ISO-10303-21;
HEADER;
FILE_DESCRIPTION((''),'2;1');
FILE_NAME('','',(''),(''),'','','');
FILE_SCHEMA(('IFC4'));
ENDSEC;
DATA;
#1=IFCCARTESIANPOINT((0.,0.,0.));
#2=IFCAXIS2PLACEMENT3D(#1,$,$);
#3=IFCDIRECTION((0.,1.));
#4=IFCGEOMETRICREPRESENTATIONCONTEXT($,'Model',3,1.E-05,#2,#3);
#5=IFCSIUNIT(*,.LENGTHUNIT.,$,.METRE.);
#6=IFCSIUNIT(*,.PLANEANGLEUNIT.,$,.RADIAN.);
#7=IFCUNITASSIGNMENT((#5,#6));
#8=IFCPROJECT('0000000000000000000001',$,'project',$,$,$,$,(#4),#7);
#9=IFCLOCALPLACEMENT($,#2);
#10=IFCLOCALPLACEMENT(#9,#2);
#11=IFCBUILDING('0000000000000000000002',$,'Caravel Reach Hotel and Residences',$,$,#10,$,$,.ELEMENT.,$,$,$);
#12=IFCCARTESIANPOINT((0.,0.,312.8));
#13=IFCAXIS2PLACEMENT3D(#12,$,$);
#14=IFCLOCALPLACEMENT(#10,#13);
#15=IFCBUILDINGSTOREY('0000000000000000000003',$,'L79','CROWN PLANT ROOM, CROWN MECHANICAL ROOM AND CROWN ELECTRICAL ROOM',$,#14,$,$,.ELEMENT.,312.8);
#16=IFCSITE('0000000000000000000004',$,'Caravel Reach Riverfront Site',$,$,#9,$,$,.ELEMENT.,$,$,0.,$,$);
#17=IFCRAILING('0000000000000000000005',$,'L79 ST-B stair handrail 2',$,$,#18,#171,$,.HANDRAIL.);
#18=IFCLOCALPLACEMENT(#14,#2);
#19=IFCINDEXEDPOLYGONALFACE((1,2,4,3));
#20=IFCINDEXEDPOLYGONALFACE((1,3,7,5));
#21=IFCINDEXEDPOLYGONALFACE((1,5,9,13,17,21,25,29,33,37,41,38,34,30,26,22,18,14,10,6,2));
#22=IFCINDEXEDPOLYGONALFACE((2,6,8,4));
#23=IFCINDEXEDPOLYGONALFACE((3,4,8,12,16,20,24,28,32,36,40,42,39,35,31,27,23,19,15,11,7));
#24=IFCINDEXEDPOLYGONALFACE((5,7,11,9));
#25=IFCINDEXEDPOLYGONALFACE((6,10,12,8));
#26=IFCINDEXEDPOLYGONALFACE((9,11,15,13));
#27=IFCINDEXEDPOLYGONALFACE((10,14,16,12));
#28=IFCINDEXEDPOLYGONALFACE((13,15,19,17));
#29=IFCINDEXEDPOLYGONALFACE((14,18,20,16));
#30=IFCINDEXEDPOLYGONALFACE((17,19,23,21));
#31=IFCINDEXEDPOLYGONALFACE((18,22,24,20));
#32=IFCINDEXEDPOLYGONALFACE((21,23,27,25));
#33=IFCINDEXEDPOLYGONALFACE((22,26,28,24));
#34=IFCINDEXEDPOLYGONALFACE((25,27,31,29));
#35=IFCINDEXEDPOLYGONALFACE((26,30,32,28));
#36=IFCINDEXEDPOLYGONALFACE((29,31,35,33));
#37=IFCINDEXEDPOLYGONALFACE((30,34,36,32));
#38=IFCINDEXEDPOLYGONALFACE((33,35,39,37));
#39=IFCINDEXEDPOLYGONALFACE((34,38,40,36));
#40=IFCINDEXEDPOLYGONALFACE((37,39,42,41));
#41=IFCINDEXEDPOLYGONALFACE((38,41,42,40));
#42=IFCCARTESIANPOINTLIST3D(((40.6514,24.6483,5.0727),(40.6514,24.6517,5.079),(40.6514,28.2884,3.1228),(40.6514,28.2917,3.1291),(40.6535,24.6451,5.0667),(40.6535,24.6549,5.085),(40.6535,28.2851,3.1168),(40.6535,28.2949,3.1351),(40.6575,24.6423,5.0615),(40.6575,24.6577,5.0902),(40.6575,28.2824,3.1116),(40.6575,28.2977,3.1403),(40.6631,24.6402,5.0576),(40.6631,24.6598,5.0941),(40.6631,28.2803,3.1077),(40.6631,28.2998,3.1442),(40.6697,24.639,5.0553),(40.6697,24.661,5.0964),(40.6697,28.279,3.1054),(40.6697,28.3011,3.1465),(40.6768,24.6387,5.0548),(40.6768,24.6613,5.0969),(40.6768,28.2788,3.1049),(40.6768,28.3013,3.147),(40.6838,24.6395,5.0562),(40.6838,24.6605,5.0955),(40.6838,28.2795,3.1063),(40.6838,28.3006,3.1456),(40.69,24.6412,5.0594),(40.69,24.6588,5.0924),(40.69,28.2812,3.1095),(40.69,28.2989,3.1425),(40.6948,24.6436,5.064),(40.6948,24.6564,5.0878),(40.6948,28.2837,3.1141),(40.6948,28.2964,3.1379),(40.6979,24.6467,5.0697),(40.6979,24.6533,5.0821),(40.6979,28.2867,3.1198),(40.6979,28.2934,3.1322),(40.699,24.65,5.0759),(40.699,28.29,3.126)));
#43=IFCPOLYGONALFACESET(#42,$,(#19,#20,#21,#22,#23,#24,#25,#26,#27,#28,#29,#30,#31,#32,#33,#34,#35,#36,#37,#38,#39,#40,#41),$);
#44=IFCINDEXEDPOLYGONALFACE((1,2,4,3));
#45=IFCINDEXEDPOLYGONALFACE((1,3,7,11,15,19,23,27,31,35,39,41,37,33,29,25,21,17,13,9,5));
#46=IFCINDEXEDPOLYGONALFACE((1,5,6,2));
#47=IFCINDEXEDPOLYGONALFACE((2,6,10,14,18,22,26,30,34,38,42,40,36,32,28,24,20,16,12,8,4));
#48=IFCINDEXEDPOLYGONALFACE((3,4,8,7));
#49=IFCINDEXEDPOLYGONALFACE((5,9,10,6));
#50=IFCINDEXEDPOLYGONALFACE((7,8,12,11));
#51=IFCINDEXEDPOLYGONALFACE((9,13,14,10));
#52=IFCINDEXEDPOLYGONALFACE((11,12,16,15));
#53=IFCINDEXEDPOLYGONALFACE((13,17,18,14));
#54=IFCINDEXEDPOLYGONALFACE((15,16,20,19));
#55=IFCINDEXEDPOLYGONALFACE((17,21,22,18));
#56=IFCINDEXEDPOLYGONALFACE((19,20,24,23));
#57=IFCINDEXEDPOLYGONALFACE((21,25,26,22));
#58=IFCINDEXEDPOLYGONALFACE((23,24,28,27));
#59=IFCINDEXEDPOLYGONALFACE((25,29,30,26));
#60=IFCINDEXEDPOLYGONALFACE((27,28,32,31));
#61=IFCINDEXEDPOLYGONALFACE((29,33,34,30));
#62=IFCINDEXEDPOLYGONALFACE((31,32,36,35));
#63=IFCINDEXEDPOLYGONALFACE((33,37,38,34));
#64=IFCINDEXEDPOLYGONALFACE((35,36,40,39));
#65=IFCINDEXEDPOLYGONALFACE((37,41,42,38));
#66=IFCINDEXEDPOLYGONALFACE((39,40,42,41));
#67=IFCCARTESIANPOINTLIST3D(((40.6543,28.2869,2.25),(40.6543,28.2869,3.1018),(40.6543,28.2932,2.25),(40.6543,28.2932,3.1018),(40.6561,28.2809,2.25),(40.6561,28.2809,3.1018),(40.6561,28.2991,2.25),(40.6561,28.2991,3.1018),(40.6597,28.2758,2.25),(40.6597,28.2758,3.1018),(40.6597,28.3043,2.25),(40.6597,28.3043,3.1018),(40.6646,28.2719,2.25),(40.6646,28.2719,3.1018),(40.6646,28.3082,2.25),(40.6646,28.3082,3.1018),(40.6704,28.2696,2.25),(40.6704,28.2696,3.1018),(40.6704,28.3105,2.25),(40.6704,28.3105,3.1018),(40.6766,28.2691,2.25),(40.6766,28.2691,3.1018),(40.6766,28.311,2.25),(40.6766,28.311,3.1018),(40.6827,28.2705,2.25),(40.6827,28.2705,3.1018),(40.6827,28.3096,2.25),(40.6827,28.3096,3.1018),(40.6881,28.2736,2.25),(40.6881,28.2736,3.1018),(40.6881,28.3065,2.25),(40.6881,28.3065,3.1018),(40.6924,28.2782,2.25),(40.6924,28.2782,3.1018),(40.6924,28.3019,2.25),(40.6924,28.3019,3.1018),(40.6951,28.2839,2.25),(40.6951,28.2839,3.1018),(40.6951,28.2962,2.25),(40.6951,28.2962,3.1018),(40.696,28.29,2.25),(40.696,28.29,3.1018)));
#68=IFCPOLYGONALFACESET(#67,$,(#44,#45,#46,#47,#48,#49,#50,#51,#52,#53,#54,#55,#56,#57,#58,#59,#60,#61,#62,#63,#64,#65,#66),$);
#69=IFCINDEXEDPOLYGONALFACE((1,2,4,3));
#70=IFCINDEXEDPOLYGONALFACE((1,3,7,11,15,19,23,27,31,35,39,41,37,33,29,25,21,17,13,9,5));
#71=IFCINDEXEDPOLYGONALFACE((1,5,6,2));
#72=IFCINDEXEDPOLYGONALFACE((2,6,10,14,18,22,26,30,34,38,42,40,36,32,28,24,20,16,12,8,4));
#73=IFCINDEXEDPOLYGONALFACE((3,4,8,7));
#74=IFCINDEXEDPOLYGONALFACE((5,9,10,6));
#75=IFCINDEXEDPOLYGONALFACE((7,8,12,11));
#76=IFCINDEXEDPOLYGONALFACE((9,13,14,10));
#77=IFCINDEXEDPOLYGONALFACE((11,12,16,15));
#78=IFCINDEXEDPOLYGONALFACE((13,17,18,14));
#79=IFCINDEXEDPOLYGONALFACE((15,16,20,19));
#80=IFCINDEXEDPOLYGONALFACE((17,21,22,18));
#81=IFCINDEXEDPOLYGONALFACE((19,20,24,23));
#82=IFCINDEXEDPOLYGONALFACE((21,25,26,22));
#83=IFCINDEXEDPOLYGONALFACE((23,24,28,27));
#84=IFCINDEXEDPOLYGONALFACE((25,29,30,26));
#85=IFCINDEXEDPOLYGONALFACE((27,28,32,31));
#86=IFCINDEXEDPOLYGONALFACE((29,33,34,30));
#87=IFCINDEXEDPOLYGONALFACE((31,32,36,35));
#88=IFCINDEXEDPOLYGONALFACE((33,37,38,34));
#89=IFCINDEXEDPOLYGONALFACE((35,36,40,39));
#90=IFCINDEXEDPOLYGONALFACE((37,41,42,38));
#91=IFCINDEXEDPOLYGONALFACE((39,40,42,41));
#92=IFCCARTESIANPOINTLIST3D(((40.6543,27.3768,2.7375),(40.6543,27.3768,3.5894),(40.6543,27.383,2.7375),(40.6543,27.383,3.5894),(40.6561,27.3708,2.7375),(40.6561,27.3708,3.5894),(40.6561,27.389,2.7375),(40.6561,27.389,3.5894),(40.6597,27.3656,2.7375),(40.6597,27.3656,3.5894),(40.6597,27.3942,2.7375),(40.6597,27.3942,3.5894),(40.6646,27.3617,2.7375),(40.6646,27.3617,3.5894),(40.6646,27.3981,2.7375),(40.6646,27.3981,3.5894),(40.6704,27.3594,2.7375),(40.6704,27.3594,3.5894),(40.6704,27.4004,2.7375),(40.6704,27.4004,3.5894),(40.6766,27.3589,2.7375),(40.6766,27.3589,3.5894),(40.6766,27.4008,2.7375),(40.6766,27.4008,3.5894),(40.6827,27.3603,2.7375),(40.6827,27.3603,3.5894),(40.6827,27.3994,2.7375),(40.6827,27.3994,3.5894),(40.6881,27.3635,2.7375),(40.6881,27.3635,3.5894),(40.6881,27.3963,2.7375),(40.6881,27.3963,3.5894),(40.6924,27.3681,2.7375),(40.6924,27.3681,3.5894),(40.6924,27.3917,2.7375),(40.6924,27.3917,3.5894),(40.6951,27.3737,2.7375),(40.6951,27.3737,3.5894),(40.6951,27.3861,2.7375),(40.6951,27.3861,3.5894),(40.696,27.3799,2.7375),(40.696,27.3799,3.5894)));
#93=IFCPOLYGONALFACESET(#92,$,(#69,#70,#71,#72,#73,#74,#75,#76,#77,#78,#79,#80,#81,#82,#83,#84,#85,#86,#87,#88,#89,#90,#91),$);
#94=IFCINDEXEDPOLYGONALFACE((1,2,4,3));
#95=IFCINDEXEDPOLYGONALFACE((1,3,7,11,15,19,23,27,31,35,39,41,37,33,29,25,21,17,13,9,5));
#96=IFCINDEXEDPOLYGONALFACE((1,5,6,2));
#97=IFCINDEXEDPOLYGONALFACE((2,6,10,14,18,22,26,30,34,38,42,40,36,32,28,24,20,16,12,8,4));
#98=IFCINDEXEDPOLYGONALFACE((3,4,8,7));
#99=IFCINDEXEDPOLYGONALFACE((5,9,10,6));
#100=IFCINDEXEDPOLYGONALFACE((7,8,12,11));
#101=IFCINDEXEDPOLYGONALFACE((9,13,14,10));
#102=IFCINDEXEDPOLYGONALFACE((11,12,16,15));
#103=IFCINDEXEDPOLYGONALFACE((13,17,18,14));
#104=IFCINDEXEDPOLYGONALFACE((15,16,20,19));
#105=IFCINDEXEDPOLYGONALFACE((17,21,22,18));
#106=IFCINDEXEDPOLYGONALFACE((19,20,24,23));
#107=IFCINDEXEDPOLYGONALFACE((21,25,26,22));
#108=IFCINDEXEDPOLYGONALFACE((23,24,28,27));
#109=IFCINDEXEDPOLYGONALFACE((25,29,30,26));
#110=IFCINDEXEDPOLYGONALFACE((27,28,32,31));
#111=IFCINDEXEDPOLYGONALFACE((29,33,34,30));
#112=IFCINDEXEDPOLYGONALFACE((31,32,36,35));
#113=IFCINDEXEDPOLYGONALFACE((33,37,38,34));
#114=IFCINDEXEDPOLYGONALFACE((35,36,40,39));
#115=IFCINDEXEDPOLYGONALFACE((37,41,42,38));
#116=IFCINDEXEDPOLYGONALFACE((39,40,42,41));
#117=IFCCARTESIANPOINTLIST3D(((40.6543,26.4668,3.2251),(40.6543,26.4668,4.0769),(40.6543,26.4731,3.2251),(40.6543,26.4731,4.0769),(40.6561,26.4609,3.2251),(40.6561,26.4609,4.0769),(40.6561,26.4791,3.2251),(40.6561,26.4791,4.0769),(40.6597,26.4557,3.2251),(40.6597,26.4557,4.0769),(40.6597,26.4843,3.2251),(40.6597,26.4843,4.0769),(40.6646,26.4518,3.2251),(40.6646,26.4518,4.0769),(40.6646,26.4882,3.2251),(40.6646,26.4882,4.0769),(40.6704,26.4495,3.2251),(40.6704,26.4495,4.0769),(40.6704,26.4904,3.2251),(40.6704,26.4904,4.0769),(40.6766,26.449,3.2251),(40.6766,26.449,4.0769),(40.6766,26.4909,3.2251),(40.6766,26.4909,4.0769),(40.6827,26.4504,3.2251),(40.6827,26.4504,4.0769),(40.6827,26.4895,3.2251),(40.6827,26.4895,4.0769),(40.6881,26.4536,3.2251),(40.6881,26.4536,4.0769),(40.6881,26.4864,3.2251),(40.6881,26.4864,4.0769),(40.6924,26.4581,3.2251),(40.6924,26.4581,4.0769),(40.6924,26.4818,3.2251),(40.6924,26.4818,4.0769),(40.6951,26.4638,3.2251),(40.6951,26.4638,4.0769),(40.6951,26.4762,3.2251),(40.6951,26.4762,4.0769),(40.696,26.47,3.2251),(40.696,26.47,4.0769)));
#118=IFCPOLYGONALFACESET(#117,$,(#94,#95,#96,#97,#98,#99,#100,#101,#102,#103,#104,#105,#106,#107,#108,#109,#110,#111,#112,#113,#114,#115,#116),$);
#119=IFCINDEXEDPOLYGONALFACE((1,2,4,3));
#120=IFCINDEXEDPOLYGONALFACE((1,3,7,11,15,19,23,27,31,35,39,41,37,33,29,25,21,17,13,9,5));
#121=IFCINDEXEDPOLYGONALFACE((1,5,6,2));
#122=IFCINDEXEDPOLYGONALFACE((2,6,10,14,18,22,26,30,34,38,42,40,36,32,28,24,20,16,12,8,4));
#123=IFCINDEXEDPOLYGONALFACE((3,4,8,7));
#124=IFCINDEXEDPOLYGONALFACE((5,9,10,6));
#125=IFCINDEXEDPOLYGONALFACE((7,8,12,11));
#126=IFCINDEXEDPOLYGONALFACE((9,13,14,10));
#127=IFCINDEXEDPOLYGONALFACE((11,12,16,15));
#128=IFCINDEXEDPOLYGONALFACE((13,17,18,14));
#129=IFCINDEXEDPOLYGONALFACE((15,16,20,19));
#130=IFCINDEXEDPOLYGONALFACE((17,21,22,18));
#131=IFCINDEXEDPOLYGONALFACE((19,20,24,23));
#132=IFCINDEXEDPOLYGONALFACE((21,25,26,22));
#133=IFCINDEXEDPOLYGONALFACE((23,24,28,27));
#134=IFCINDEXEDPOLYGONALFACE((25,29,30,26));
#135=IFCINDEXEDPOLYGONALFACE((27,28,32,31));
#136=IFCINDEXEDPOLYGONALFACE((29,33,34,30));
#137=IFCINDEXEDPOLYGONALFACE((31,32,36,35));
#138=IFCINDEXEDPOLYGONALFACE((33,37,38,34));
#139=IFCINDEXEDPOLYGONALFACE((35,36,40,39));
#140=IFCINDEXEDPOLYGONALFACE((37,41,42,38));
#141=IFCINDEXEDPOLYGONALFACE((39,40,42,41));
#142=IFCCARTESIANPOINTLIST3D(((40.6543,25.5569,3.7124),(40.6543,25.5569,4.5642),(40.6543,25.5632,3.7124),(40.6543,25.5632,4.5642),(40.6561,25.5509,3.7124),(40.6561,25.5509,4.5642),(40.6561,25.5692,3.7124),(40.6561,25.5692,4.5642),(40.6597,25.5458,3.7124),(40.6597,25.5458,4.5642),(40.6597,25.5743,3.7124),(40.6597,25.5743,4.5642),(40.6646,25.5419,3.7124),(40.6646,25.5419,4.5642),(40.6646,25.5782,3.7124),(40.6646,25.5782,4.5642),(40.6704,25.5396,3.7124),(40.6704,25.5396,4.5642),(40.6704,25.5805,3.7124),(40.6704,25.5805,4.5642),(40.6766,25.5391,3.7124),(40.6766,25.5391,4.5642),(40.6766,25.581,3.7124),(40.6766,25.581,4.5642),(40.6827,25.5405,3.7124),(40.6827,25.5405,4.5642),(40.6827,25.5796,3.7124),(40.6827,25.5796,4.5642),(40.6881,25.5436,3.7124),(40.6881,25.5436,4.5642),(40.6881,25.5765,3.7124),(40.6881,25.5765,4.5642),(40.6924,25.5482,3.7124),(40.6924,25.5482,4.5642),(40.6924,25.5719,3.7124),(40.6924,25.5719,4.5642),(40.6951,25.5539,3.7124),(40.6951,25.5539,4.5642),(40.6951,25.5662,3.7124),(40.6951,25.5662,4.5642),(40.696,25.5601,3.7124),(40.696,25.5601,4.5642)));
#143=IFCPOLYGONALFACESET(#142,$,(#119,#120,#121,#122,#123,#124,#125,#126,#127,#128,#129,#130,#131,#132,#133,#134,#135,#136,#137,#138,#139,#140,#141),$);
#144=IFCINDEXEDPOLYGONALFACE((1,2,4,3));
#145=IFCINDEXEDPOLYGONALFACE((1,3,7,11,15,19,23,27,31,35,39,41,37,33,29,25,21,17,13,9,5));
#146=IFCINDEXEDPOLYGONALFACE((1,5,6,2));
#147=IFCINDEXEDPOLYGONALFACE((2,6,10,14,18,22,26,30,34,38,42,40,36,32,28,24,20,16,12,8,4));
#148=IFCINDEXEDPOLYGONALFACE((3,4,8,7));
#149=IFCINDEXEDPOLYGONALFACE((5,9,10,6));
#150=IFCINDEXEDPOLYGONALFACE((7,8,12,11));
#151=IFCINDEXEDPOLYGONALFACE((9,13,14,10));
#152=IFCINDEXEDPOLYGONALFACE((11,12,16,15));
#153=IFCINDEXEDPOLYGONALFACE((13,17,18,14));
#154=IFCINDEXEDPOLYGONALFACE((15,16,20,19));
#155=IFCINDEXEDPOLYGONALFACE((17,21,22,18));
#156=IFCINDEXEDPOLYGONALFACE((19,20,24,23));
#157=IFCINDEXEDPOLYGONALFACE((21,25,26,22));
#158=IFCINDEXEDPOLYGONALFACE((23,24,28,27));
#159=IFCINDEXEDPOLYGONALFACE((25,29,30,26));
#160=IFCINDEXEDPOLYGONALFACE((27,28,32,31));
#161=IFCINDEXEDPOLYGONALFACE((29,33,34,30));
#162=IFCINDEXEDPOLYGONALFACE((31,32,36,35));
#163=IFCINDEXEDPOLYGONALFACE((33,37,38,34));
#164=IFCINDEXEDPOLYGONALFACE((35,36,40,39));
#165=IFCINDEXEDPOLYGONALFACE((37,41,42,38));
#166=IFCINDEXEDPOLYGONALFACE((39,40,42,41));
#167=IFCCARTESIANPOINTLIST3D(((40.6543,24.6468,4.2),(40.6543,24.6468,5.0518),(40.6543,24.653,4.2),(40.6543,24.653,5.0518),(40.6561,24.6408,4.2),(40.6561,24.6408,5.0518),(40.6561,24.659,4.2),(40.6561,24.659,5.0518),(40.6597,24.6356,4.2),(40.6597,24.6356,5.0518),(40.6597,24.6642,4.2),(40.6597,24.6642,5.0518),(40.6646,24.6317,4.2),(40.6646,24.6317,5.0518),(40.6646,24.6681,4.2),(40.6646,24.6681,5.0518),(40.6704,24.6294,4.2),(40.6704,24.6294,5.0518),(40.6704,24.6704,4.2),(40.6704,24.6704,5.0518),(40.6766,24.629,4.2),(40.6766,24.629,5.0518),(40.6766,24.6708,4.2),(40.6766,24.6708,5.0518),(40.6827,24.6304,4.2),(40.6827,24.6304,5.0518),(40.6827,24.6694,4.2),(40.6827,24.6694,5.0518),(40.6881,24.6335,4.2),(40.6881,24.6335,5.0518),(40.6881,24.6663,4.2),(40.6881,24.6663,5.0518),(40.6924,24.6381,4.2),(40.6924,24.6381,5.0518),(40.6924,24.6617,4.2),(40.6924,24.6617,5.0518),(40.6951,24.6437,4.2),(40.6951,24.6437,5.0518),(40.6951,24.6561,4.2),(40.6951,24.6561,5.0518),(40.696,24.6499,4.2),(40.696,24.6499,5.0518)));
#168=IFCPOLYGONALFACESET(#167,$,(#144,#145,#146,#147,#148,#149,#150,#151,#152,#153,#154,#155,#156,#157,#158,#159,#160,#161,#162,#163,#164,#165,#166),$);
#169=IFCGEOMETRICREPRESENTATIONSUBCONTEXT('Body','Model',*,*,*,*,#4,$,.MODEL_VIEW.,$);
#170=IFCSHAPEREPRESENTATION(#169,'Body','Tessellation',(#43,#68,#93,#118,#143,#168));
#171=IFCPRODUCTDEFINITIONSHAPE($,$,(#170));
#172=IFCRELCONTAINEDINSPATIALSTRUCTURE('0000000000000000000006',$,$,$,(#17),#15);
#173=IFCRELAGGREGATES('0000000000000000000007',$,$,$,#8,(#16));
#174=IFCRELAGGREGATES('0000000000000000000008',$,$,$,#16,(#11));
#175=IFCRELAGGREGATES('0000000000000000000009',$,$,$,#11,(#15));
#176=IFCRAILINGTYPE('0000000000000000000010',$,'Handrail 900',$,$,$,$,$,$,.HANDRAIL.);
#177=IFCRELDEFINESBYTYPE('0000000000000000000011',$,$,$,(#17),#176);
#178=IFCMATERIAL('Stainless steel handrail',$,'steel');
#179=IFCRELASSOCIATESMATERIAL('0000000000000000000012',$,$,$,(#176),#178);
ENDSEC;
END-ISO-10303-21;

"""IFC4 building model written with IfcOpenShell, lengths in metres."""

from ifc_helpers import new_model, si_unit, direction, frame, origin, origin_2d, place, context, subcontext, project, spatial, circle, extrude, material, type_object, element, save


model = new_model("IFC4")

# Units and contexts
model_context = context("Model", 3, precision=1e-05, world=origin(), true_north=direction((0.0, 1.0)))
body_context = subcontext(model_context, "Body", "Model", "MODEL_VIEW")
ifc_project = project(units=[si_unit("LENGTHUNIT", "METRE"), si_unit("PLANEANGLEUNIT", "RADIAN")], contexts=[model_context])

# Site, building, storey
site_placement = place(None, origin())
site = spatial("IfcSite", under=ifc_project, at=site_placement, Name="Caravel Reach Riverfront Site", CompositionType="ELEMENT", RefElevation=0.0)
building_placement = place(site_placement, origin())
building = spatial("IfcBuilding", under=site, at=building_placement, Name="Caravel Reach Hotel and Residences", CompositionType="ELEMENT")
storey_placement = place(building_placement, frame((0.0, 0.0, 312.8)))
storey = spatial("IfcBuildingStorey", under=building, at=storey_placement, Name="L79", Description="CROWN PLANT ROOM, CROWN MECHANICAL ROOM AND CROWN ELECTRICAL ROOM", CompositionType="ELEMENT", Elevation=312.8)

# Railing
ifc_material_1 = material(Name="Stainless steel handrail", Category="steel")
railing_type = type_object("IfcRailingType", Name="Handrail 900", PredefinedType="HANDRAIL", material=ifc_material_1)
railing_placement = place(storey_placement, frame((40.675, 28.29, 2.25)))
element("IfcRailing", 1, at=railing_placement, inside=storey, type_object=railing_type, Name="L79 ST-B stair handrail 2", PredefinedType="HANDRAIL", context=body_context, shape_type="SweptSolid", body=[
    extrude(circle(Radius=0.0239, at=origin_2d()), frame((0.0, 0.0, 0.876), z_axis=(0.0, -0.881492, 0.472198), x_axis=(1.0, 0.0, 0.0)), (0.0, 0.0, 1.0), 4.1294),
    extrude(circle(Radius=0.021, at=origin_2d()), origin(), (0.0, 0.0, 1.0), 0.8518),
    extrude(circle(Radius=0.021, at=origin_2d()), frame((0.0, -0.9102, 0.4875)), (0.0, 0.0, 1.0), 0.8518),
    extrude(circle(Radius=0.021, at=origin_2d()), frame((0.0, -1.8201, 0.9751)), (0.0, 0.0, 1.0), 0.8518),
    extrude(circle(Radius=0.021, at=origin_2d()), frame((0.0, -2.73, 1.4624)), (0.0, 0.0, 1.0), 0.8518),
    extrude(circle(Radius=0.021, at=origin_2d()), frame((0.0, -3.6401, 1.95)), (0.0, 0.0, 1.0), 0.8518),
])

save(model, "model.ifc")
